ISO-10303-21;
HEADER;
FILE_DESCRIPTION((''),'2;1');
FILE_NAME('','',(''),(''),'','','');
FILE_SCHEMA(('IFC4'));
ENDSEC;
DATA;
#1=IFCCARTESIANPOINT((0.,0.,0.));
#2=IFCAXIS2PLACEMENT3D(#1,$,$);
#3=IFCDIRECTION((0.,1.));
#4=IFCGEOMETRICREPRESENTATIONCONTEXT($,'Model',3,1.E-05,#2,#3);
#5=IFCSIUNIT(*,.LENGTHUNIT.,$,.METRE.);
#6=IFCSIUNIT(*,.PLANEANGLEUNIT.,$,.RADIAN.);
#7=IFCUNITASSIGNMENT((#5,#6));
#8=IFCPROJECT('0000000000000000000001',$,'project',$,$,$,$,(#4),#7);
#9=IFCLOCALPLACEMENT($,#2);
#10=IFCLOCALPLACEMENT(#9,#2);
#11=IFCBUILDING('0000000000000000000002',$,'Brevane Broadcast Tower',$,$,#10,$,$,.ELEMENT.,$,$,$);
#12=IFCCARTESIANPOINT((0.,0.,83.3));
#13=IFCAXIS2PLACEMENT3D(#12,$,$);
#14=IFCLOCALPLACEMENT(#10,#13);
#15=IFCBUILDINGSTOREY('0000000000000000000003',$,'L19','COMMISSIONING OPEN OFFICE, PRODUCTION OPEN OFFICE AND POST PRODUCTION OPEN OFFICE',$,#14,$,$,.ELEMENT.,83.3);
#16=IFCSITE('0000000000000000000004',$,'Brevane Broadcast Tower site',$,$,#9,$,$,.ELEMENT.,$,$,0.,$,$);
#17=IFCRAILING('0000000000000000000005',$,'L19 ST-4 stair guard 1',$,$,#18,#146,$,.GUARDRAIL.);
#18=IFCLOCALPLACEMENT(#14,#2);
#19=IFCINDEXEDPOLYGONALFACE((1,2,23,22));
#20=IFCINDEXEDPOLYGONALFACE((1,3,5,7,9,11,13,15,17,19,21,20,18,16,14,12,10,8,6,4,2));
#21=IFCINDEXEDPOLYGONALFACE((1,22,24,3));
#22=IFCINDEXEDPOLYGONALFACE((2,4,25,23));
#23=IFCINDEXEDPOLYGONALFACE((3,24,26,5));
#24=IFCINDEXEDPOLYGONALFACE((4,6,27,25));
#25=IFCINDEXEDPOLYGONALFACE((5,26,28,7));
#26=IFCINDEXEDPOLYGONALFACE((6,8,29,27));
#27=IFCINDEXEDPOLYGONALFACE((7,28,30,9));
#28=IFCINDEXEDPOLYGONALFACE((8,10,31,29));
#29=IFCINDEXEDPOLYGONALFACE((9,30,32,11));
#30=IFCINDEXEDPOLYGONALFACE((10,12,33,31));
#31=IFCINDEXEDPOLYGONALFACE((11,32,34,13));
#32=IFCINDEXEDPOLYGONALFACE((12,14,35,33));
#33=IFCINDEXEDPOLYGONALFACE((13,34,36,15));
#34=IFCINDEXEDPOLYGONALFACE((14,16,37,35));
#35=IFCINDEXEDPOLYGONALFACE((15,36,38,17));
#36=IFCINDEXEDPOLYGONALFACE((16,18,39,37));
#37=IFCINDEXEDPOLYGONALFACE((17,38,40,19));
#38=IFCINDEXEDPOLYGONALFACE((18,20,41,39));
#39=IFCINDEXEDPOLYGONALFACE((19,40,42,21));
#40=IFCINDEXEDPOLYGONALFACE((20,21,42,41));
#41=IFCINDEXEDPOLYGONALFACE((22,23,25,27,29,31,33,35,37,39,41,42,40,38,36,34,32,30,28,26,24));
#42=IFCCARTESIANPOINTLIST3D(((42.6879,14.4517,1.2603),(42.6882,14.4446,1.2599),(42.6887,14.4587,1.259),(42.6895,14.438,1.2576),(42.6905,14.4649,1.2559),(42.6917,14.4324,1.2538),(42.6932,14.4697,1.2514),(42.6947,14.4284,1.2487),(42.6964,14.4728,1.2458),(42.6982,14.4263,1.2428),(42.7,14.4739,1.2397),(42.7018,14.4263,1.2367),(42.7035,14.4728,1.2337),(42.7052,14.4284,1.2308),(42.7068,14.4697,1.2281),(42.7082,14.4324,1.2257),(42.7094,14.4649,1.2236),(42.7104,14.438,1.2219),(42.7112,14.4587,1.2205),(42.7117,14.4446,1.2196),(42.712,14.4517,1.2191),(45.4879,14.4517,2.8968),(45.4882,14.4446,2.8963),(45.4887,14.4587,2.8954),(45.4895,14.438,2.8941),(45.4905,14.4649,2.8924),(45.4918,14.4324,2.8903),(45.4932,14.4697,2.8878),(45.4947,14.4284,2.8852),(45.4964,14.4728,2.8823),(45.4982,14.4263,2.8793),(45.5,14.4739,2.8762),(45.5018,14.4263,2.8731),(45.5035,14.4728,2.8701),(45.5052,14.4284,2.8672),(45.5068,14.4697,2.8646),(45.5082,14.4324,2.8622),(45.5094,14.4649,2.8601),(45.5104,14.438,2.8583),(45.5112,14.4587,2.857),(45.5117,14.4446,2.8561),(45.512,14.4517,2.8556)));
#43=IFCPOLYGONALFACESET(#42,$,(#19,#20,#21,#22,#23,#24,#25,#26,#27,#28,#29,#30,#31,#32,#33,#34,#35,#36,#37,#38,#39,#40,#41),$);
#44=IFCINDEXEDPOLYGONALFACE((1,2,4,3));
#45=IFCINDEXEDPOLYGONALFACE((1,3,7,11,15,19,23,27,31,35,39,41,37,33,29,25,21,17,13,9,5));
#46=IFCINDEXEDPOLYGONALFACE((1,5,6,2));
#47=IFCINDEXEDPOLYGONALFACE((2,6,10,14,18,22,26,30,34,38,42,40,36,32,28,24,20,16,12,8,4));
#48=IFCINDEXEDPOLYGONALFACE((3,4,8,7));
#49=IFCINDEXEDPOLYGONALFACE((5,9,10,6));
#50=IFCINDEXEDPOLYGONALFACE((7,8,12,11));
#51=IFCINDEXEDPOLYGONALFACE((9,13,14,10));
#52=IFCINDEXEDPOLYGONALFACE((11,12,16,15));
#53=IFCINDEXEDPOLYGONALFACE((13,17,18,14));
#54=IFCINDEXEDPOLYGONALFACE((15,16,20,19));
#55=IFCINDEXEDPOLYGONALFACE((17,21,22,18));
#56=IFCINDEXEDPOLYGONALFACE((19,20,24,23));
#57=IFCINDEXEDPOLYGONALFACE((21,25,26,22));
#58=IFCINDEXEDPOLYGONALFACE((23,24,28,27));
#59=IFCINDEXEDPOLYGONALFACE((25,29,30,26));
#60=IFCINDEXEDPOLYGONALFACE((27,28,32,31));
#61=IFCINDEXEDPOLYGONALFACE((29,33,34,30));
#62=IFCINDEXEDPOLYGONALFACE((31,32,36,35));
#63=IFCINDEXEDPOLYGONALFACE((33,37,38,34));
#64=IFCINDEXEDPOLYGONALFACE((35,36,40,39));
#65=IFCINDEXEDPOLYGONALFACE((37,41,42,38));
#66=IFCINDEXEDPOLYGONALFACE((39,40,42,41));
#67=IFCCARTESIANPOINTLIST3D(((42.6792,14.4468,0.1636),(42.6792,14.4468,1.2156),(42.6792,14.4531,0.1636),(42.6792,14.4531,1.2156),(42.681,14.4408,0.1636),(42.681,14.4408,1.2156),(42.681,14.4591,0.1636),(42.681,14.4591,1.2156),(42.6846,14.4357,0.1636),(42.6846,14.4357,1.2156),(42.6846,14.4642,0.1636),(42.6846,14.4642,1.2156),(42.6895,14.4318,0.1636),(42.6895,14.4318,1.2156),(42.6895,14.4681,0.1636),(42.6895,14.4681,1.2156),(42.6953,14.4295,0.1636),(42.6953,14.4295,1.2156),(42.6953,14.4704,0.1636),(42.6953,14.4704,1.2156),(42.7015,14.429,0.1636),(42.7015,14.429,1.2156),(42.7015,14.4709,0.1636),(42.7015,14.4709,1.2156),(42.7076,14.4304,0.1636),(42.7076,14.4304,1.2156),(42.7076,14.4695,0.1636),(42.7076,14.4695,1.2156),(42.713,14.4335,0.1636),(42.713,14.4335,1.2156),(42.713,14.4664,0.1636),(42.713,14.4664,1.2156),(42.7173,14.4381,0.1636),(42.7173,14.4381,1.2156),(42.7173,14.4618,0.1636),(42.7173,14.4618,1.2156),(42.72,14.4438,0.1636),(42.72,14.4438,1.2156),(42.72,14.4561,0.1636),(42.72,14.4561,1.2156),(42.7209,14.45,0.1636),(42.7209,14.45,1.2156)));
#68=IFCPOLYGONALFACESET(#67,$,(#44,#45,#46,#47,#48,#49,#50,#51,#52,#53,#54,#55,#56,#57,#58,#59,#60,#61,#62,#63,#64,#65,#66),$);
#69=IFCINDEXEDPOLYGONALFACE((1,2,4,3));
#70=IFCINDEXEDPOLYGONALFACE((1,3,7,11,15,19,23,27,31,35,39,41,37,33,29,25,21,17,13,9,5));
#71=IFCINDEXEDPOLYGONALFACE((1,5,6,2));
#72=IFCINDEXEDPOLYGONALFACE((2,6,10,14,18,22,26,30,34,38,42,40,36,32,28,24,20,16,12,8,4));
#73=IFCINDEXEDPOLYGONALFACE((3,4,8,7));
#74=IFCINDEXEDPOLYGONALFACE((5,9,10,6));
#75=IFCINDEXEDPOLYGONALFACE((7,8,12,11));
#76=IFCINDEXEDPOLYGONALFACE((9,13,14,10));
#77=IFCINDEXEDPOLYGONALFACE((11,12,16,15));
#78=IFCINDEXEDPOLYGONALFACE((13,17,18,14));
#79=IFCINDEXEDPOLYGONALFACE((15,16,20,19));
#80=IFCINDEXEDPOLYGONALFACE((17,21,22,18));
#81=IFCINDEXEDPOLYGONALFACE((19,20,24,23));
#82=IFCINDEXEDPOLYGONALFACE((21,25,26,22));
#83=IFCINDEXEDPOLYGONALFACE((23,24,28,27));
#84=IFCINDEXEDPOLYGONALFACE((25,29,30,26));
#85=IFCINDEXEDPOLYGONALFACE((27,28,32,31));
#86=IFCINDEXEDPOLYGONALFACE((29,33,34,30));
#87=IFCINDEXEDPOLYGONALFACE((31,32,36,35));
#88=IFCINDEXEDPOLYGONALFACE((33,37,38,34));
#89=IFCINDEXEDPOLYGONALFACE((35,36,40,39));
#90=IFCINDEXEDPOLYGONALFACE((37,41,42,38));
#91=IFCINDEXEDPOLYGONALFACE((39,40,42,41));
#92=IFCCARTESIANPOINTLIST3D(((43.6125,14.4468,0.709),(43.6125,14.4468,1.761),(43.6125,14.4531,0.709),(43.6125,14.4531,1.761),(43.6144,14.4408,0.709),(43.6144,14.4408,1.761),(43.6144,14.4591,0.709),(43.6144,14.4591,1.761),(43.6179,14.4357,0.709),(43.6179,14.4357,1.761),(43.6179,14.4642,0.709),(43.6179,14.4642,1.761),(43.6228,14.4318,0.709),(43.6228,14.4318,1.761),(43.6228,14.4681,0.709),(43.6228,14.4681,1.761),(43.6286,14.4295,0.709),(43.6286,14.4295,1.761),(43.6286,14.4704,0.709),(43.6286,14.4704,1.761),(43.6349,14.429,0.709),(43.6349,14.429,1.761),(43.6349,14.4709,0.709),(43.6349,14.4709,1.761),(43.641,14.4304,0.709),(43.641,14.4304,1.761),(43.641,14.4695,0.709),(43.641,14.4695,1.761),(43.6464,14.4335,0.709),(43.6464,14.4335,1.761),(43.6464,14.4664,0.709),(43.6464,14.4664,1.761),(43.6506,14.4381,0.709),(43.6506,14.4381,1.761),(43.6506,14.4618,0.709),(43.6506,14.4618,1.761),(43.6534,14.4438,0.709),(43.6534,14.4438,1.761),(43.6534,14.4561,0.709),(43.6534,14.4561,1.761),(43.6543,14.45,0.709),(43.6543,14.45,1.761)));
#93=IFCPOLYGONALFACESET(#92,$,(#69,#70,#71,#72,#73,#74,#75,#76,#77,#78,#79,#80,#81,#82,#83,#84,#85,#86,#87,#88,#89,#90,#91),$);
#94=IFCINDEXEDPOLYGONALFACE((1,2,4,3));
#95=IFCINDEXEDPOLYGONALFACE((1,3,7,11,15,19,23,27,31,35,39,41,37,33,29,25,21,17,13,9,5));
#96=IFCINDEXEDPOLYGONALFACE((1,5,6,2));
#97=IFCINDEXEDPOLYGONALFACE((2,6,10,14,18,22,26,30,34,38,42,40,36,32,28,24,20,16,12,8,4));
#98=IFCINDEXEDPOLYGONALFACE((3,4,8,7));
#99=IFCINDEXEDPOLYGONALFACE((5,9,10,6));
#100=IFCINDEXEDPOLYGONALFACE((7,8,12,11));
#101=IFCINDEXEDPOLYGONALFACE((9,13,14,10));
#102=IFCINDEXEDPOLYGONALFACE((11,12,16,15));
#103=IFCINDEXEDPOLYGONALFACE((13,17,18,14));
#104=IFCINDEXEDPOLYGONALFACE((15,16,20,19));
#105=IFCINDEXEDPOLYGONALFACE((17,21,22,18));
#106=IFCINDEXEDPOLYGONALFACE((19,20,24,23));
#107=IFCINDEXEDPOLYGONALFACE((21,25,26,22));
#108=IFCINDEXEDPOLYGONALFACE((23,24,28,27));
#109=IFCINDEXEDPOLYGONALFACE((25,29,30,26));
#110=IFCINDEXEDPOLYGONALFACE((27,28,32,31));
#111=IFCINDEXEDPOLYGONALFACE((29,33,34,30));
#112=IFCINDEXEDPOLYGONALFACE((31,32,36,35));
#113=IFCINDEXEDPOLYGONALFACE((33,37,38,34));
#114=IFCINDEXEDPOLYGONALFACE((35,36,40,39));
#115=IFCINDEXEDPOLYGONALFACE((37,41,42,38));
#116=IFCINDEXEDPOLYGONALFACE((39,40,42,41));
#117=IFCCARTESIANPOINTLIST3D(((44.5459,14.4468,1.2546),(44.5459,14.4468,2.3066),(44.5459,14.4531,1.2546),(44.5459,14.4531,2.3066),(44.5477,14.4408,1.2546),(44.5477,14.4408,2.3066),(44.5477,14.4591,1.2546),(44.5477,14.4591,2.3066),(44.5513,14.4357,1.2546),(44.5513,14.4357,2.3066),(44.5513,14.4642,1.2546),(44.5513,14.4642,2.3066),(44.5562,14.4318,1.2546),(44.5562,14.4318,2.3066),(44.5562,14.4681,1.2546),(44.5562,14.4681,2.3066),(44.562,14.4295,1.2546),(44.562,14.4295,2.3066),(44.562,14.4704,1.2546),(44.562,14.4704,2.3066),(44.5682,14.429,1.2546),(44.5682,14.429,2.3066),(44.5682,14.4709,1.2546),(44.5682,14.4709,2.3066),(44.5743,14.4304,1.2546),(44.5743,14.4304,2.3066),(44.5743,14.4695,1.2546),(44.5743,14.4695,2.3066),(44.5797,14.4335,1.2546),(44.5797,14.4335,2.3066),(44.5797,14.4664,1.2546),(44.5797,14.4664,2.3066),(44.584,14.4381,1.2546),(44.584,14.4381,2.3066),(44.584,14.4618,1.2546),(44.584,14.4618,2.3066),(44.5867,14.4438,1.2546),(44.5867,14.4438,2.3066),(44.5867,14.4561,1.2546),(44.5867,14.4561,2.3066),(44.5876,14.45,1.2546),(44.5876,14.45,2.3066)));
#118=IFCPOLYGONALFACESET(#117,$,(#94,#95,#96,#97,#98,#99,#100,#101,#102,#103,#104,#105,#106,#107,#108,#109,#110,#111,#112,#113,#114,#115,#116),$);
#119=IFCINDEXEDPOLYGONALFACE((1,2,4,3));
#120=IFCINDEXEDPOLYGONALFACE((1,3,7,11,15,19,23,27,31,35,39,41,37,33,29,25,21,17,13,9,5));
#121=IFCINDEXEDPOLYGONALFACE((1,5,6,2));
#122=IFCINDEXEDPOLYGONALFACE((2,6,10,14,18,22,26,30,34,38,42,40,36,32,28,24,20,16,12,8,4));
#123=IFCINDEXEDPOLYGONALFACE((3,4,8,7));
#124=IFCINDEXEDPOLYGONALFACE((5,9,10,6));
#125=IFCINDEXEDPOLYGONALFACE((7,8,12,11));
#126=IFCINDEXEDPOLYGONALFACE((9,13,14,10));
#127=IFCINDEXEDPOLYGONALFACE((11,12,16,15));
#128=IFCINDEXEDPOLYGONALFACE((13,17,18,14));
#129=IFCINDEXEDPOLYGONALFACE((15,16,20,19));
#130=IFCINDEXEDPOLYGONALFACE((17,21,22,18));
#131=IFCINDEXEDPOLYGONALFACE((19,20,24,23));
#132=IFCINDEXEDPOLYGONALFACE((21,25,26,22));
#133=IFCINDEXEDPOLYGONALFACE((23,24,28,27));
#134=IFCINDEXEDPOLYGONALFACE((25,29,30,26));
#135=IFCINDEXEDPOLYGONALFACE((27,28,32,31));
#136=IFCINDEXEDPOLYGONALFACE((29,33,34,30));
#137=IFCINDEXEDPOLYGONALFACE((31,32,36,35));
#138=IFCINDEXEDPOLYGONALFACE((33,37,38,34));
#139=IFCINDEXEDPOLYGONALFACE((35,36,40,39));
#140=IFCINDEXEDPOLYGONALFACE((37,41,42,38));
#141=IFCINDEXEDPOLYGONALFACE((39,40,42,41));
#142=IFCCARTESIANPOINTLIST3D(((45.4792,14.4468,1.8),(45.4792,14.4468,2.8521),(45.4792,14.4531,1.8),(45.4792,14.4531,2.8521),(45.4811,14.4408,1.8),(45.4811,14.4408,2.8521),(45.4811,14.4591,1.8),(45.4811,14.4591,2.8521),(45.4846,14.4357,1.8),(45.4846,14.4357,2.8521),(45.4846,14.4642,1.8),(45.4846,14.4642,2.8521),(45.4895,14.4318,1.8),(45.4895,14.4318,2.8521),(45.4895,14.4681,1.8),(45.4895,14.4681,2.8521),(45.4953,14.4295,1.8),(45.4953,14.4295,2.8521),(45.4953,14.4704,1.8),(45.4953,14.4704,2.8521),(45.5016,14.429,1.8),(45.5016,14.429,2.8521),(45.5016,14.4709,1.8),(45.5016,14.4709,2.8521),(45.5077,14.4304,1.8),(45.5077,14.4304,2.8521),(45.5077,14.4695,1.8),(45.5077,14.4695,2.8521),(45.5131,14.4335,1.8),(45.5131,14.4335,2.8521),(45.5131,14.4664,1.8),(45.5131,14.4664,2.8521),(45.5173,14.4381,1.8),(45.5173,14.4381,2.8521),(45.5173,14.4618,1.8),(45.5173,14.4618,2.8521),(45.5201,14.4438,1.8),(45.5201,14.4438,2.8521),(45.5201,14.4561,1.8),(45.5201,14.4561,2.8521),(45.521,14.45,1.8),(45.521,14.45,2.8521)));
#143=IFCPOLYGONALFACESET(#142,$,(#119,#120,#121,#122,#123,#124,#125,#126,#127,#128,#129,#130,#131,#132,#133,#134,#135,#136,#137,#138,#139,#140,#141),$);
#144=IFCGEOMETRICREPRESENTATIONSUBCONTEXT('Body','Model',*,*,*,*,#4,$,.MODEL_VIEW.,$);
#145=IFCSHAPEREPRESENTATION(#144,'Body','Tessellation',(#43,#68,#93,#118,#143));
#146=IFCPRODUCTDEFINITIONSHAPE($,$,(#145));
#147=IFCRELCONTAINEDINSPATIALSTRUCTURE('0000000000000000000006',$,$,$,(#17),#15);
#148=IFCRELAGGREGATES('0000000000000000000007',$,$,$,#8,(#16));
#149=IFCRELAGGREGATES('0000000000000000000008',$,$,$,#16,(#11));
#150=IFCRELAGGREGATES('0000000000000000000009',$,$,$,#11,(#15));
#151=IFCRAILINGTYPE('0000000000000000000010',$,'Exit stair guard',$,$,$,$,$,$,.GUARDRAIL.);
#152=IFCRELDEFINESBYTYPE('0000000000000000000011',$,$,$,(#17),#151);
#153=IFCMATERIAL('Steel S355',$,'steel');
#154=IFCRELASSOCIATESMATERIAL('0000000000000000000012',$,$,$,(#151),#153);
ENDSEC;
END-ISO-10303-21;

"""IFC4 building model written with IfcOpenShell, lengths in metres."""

from ifc_helpers import new_model, si_unit, direction, frame, origin, origin_2d, place, context, subcontext, project, spatial, circle, extrude, material, type_object, element, save


model = new_model("IFC4")

# Units and contexts
model_context = context("Model", 3, precision=1e-05, world=origin(), true_north=direction((0.0, 1.0)))
body_context = subcontext(model_context, "Body", "Model", "MODEL_VIEW")
ifc_project = project(units=[si_unit("LENGTHUNIT", "METRE"), si_unit("PLANEANGLEUNIT", "RADIAN")], contexts=[model_context])

# Site, building, storey
site_placement = place(None, origin())
site = spatial("IfcSite", under=ifc_project, at=site_placement, Name="Brevane Broadcast Tower site", CompositionType="ELEMENT", RefElevation=0.0)
building_placement = place(site_placement, origin())
building = spatial("IfcBuilding", under=site, at=building_placement, Name="Brevane Broadcast Tower", CompositionType="ELEMENT")
storey_placement = place(building_placement, frame((0.0, 0.0, 83.3)))
storey = spatial("IfcBuildingStorey", under=building, at=storey_placement, Name="L19", Description="COMMISSIONING OPEN OFFICE, PRODUCTION OPEN OFFICE AND POST PRODUCTION OPEN OFFICE", CompositionType="ELEMENT", Elevation=83.3)

# Railing
ifc_material_1 = material(Name="Steel S355", Category="steel")
railing_type_1 = type_object("IfcRailingType", Name="Exit stair guard", PredefinedType="GUARDRAIL", material=ifc_material_1)
railing_1_placement = place(storey_placement, frame((42.7, 14.45, 0.1636)))
element("IfcRailing", 1, at=railing_1_placement, inside=storey, type_object=railing_type_1, Name="L19 ST-4 stair guard 1", PredefinedType="GUARDRAIL", context=body_context, shape_type="SweptSolid", body=[
    extrude(circle(Radius=0.0239, at=origin_2d()), frame((0.0, 0.0, 1.0762), z_axis=(0.863361, 0.0, 0.504587), x_axis=(0.0, 1.0, 0.0)), (0.0, 0.0, 1.0), 3.2432),
    extrude(circle(Radius=0.021, at=origin_2d()), origin(), (0.0, 0.0, 1.0), 1.052),
    extrude(circle(Radius=0.021, at=origin_2d()), frame((0.9333, 0.0, 0.5454)), (0.0, 0.0, 1.0), 1.052),
    extrude(circle(Radius=0.021, at=origin_2d()), frame((1.8667, 0.0, 1.0911)), (0.0, 0.0, 1.0), 1.052),
    extrude(circle(Radius=0.021, at=origin_2d()), frame((2.8, 0.0, 1.6365)), (0.0, 0.0, 1.0), 1.052),
])

save(model, "model.ifc")
